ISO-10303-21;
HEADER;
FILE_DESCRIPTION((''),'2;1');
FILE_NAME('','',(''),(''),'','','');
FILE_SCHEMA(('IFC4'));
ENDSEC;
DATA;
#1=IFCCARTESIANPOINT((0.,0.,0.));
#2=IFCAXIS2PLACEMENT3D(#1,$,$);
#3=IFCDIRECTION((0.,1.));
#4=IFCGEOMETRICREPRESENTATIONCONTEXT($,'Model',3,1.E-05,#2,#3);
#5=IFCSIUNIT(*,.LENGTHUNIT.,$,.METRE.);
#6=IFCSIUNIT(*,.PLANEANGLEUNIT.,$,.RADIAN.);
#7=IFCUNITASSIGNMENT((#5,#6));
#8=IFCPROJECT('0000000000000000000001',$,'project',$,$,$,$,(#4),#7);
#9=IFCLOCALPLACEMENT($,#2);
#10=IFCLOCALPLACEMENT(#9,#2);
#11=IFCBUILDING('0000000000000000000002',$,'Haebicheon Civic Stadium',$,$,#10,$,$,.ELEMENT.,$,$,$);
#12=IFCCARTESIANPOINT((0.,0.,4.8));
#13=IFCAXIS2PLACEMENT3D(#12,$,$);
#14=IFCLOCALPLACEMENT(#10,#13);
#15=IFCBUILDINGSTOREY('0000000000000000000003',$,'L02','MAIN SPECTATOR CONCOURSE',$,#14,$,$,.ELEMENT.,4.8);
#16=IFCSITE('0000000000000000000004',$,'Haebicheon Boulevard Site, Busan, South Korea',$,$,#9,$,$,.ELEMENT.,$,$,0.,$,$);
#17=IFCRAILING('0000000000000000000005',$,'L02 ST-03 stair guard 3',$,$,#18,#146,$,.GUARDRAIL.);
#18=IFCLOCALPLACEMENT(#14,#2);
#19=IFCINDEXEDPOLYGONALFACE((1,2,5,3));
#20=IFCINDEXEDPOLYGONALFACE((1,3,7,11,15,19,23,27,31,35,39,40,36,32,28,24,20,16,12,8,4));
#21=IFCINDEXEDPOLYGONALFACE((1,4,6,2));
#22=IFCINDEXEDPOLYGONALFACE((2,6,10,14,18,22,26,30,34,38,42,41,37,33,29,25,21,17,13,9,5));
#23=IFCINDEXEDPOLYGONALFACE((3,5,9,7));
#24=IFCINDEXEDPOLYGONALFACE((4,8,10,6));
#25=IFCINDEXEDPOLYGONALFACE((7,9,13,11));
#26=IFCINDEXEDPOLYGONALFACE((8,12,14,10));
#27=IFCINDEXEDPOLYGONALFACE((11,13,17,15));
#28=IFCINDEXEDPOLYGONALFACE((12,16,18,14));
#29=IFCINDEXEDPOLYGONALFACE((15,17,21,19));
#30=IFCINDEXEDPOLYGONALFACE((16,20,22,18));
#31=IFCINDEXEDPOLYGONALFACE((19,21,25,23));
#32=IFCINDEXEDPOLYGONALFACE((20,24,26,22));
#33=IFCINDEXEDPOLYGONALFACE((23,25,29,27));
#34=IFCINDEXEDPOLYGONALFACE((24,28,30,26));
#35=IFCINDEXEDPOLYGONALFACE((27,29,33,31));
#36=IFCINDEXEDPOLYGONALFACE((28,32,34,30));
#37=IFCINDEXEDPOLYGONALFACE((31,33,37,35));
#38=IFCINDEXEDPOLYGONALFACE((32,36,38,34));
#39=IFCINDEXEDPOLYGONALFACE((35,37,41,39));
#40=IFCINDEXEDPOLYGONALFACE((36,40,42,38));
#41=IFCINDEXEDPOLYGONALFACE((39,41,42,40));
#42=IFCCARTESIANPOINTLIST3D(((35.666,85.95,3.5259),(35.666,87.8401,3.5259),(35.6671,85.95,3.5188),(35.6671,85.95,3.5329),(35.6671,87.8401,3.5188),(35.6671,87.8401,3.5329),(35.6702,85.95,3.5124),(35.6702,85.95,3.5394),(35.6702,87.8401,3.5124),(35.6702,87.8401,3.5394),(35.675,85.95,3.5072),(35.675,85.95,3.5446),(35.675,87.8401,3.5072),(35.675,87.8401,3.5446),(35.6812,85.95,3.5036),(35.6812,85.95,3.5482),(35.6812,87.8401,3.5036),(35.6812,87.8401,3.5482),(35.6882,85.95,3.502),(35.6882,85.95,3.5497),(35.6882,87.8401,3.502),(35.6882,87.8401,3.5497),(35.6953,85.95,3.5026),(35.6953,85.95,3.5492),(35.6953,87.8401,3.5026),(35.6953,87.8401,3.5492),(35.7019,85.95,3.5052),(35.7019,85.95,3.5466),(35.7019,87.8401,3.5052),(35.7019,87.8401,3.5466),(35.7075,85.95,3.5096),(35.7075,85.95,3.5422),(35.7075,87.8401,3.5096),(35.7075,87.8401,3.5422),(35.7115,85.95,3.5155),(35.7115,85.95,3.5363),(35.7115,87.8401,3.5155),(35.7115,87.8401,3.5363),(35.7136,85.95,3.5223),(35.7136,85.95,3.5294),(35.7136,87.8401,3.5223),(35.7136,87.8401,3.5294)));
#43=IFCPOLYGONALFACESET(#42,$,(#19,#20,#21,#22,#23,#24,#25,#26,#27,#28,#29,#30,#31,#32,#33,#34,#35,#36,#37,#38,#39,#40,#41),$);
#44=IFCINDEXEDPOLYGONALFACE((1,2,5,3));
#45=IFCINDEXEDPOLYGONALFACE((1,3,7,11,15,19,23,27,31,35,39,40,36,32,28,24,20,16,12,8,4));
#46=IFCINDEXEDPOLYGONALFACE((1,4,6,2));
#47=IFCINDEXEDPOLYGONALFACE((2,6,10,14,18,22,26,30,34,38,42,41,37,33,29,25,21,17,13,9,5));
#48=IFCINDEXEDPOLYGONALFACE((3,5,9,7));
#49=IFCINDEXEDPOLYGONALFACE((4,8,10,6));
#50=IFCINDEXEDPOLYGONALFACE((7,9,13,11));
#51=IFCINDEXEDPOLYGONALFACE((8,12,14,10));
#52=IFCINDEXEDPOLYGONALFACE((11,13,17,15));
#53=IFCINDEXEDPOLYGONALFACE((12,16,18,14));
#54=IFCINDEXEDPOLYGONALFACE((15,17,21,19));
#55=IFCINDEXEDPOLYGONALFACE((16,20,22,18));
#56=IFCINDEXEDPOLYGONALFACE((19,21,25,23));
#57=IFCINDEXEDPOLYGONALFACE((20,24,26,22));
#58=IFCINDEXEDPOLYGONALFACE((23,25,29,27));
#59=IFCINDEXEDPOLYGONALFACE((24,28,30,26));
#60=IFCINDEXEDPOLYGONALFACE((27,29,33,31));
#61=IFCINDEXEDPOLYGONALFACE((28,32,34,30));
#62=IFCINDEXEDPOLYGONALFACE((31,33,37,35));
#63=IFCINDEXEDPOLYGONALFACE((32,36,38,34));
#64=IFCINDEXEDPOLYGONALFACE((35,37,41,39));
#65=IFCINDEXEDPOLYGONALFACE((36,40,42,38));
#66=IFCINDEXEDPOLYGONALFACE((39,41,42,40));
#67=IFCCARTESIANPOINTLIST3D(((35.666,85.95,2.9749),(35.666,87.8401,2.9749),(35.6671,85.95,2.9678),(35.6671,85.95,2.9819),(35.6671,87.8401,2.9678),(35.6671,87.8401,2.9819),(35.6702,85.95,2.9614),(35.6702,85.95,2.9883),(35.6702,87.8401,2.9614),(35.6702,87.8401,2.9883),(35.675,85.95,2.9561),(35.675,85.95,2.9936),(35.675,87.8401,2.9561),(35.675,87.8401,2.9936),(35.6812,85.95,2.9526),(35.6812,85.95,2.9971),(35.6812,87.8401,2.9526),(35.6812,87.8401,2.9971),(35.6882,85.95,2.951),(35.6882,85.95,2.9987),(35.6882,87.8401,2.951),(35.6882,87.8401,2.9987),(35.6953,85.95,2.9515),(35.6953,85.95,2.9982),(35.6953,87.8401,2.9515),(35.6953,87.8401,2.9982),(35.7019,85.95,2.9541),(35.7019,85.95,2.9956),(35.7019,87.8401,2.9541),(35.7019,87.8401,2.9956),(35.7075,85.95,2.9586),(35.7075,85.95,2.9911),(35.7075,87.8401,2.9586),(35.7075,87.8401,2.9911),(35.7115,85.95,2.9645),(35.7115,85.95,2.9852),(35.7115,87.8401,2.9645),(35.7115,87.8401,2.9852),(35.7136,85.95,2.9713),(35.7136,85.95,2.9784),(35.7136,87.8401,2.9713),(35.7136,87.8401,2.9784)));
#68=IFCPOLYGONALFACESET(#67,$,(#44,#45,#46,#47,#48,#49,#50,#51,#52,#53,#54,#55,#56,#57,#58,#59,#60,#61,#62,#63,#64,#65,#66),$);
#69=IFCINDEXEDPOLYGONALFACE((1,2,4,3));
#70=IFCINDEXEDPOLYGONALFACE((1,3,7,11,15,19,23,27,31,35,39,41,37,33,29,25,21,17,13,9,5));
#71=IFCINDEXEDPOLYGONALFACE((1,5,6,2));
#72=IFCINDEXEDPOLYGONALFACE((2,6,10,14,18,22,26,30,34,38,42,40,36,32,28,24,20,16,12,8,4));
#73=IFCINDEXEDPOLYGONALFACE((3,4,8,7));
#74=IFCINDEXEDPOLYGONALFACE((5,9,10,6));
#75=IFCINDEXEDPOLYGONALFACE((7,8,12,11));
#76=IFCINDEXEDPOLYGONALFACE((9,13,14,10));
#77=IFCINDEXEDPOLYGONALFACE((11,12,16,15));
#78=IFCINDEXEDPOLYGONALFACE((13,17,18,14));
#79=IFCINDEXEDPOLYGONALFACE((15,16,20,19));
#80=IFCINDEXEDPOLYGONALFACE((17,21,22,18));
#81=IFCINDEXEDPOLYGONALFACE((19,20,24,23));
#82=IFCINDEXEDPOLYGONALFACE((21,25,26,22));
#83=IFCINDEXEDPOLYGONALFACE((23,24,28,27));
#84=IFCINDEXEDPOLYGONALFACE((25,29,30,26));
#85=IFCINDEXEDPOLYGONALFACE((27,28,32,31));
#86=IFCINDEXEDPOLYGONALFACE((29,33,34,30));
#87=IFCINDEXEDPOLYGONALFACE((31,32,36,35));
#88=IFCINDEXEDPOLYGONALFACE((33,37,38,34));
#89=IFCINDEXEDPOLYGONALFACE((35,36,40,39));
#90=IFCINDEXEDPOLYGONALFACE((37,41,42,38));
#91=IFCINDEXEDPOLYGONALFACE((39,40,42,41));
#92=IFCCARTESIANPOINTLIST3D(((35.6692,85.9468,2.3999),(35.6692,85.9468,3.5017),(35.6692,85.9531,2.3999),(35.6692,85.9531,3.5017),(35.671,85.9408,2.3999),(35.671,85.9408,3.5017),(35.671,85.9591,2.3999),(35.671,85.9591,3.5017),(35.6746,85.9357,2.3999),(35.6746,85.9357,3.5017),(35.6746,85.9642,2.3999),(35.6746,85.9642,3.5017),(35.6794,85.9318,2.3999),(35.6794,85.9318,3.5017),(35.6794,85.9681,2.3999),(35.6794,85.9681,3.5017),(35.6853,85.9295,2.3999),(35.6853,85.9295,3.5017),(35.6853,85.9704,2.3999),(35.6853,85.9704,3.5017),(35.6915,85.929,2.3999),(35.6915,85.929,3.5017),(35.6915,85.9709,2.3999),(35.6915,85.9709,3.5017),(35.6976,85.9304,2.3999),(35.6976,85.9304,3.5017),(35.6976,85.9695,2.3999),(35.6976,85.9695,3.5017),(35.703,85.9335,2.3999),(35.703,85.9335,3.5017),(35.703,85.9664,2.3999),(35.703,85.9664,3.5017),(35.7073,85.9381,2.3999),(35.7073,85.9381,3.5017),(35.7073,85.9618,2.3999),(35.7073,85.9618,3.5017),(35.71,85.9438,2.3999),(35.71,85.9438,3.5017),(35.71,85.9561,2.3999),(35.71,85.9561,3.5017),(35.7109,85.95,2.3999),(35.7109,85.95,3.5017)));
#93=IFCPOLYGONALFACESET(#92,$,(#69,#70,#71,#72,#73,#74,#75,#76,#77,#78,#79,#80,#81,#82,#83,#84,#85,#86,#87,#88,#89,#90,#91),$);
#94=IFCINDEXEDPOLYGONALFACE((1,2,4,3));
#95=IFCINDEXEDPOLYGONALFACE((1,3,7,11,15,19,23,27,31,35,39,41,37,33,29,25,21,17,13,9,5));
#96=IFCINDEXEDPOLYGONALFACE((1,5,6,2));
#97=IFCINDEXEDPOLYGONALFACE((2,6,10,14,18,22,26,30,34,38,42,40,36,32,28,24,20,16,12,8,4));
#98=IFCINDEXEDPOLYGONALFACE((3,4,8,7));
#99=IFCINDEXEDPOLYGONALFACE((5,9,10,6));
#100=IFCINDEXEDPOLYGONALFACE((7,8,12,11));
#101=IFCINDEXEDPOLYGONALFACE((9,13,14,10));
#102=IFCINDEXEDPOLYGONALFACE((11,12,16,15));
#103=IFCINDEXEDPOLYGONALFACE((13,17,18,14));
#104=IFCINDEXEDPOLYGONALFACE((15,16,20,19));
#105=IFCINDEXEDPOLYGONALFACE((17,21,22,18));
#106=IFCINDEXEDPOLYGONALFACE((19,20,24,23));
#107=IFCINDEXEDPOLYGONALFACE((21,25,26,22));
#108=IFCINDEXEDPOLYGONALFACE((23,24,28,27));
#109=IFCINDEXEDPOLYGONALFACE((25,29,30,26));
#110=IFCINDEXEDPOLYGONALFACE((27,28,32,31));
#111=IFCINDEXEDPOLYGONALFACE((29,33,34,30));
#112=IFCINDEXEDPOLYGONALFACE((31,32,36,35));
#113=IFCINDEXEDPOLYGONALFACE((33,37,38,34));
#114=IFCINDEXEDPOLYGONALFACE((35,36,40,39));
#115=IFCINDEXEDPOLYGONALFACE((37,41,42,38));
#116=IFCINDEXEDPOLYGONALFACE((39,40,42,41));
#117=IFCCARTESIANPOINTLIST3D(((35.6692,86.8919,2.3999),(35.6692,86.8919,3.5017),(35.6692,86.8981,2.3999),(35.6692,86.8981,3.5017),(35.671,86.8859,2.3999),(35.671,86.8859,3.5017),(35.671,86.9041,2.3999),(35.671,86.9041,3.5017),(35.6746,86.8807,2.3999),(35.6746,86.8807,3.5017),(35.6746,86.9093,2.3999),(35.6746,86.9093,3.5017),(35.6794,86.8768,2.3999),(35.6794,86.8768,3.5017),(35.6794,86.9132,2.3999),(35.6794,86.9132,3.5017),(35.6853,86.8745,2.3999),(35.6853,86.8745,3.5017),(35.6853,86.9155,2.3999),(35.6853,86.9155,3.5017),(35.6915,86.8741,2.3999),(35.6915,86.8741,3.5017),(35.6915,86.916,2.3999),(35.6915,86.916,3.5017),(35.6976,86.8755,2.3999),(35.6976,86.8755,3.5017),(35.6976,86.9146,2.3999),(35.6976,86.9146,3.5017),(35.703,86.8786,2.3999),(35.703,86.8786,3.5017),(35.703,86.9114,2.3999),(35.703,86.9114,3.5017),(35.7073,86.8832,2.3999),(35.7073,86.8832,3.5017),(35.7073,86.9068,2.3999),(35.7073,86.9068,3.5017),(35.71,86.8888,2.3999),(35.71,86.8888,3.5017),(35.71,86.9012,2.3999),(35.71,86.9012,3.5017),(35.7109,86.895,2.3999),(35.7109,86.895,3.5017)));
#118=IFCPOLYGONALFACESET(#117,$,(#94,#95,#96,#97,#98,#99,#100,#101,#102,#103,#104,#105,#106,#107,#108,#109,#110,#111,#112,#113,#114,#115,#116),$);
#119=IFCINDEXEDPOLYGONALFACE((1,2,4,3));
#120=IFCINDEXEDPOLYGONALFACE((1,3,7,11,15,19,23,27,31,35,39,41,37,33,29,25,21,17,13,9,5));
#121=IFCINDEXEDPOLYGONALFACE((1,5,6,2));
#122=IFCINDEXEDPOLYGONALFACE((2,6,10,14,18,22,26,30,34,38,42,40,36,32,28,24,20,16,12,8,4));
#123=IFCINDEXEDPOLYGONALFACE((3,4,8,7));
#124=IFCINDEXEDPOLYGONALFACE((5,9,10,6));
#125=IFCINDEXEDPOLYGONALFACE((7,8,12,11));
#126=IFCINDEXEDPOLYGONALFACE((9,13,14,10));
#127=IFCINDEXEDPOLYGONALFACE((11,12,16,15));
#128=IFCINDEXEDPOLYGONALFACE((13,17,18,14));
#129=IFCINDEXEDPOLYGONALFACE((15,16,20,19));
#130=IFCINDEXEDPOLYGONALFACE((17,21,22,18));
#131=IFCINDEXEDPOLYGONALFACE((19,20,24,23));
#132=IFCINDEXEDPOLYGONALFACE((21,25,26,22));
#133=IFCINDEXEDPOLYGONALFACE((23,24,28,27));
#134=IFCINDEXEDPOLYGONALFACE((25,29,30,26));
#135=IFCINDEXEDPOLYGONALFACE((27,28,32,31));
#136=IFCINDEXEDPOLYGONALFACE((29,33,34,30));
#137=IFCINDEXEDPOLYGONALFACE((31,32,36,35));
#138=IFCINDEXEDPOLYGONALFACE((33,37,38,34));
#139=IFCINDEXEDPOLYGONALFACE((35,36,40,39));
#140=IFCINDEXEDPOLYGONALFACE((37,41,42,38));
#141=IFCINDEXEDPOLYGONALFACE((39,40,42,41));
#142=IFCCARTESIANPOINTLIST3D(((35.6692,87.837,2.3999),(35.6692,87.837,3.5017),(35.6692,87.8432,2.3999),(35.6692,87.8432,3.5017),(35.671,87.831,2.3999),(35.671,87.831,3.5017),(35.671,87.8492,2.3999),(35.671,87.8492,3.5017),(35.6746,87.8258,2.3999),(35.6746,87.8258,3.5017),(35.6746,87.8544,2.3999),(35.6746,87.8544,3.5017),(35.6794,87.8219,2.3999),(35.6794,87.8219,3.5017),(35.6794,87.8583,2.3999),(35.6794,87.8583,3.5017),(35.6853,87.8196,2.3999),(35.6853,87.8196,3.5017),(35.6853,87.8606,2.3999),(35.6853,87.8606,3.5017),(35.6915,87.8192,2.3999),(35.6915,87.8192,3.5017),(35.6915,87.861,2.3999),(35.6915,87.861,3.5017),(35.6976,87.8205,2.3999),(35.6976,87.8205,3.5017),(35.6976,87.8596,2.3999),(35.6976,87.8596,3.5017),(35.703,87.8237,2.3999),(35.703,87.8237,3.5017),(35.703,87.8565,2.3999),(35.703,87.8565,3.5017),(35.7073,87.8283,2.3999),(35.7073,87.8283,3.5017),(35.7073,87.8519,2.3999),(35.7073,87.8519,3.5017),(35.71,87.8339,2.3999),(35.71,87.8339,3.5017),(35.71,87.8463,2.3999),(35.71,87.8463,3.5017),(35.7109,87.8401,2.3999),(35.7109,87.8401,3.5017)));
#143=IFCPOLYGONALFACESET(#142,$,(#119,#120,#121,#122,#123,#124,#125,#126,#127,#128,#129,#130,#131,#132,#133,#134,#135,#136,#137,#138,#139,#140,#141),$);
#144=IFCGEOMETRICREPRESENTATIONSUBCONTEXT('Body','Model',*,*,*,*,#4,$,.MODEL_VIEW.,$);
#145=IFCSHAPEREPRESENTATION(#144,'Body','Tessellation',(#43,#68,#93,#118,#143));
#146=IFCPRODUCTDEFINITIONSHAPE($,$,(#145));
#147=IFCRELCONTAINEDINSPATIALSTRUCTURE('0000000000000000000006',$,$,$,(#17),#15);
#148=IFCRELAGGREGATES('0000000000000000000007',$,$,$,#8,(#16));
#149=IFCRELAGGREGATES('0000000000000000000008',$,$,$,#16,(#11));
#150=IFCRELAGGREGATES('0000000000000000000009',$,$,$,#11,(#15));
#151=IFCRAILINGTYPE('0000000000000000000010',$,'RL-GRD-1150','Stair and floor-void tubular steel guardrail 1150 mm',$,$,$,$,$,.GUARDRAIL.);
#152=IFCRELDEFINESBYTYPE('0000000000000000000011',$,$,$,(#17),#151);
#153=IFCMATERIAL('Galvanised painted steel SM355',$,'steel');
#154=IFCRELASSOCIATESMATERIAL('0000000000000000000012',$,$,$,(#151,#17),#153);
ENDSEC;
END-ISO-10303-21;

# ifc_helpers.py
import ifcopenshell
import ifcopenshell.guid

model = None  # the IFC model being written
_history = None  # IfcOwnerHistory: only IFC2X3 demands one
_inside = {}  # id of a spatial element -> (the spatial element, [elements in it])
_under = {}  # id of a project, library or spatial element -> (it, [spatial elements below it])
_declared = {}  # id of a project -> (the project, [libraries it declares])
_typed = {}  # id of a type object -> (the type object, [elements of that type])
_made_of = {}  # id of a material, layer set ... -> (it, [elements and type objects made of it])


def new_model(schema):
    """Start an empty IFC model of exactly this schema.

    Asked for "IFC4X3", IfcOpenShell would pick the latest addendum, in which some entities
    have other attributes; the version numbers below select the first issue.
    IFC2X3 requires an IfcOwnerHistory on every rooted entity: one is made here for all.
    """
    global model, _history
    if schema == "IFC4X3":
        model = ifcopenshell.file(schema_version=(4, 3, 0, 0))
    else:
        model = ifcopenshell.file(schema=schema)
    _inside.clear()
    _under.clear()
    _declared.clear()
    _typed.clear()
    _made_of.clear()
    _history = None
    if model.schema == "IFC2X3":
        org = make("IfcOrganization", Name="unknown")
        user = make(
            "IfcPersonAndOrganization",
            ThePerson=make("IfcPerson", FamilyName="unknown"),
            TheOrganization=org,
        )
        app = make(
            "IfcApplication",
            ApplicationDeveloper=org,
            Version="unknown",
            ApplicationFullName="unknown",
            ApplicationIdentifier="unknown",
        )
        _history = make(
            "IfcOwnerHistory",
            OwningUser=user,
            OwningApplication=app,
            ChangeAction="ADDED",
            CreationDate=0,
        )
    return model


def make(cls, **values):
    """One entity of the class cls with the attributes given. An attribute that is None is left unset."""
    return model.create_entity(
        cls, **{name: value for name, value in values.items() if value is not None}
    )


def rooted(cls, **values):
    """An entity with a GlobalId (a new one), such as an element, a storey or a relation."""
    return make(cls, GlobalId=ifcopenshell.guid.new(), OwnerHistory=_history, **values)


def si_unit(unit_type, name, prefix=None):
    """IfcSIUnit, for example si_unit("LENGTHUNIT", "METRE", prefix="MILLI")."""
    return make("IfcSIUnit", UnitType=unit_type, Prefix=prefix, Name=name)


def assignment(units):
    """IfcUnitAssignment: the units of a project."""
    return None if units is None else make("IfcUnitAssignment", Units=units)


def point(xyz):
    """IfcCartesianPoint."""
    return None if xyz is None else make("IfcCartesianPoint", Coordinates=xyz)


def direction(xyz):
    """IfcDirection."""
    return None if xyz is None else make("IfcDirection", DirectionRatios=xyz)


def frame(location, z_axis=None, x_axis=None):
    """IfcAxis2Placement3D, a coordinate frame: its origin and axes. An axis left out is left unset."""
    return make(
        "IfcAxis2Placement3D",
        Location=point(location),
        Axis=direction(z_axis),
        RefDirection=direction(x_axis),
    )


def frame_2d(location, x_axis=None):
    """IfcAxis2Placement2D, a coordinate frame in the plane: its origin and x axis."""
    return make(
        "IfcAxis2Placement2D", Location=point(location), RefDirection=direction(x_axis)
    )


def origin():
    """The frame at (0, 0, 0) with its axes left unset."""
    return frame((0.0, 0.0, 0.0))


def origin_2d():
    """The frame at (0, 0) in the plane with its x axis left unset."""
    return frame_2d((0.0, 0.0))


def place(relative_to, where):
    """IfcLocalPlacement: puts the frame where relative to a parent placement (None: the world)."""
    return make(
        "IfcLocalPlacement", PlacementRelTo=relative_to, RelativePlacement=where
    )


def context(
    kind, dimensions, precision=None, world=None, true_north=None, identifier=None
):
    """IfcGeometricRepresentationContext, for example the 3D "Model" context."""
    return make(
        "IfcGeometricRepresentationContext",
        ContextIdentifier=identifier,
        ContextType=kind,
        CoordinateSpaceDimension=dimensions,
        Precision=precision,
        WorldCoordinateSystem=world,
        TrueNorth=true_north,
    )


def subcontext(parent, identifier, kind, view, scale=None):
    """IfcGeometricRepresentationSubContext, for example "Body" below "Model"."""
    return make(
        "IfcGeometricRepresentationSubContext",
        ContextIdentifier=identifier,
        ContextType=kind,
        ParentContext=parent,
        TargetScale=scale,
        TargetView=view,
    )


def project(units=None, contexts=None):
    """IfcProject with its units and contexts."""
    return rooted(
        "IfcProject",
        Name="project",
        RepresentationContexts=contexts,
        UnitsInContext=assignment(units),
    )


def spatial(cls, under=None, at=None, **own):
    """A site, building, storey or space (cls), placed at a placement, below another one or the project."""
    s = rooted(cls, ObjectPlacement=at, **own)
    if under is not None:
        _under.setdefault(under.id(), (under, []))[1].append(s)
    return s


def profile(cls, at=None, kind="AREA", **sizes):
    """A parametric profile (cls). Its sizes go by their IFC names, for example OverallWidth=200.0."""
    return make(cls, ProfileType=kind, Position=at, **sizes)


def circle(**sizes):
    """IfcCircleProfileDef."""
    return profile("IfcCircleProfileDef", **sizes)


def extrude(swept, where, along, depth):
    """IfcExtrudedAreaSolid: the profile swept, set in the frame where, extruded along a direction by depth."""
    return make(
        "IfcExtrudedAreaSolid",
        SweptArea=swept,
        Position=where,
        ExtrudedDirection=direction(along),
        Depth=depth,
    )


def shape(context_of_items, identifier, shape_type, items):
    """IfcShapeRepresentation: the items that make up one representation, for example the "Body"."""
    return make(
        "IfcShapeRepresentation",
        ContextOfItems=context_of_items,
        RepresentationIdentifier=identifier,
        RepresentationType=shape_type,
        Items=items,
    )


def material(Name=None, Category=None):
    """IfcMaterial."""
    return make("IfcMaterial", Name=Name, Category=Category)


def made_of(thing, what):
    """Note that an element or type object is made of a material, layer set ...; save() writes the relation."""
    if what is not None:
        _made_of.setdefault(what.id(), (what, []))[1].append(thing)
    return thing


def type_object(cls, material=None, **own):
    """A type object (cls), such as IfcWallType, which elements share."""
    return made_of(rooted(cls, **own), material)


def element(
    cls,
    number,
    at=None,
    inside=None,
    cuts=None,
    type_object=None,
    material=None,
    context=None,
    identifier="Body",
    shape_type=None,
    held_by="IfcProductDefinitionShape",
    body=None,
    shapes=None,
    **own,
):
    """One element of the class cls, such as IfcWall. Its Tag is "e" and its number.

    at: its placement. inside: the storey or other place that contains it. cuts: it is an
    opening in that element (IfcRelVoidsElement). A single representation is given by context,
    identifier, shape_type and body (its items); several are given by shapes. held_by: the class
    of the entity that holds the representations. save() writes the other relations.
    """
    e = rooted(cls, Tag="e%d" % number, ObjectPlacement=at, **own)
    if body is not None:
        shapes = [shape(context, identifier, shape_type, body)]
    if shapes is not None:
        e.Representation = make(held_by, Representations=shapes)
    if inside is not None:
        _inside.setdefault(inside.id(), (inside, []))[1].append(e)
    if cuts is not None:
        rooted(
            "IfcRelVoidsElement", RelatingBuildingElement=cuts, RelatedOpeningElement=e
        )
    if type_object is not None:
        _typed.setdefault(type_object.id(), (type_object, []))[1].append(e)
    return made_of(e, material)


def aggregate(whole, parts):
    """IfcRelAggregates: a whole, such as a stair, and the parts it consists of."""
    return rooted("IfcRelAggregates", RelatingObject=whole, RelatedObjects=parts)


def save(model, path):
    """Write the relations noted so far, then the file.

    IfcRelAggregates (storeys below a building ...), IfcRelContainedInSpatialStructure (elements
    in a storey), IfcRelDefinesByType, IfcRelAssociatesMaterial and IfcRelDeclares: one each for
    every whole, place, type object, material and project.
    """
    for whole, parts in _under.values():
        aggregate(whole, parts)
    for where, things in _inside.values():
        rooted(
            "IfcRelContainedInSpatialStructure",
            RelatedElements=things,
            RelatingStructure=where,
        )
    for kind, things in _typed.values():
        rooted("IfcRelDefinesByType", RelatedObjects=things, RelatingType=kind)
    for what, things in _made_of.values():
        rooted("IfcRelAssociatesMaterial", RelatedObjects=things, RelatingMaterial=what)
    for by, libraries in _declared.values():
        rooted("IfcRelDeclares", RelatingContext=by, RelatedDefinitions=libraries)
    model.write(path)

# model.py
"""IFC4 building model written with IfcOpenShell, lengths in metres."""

from ifc_helpers import new_model, si_unit, direction, frame, origin, origin_2d, place, context, subcontext, project, spatial, circle, extrude, material, type_object, element, save


model = new_model("IFC4")

# Units and contexts
model_context = context("Model", 3, precision=1e-05, world=origin(), true_north=direction((0.0, 1.0)))
body_context = subcontext(model_context, "Body", "Model", "MODEL_VIEW")
ifc_project = project(units=[si_unit("LENGTHUNIT", "METRE"), si_unit("PLANEANGLEUNIT", "RADIAN")], contexts=[model_context])

# Site, building, storey
site_placement = place(None, origin())
site = spatial("IfcSite", under=ifc_project, at=site_placement, Name="Haebicheon Boulevard Site, Busan, South Korea", CompositionType="ELEMENT", RefElevation=0.0)
building_placement = place(site_placement, origin())
building = spatial("IfcBuilding", under=site, at=building_placement, Name="Haebicheon Civic Stadium", CompositionType="ELEMENT")
storey_placement = place(building_placement, frame((0.0, 0.0, 4.8)))
storey = spatial("IfcBuildingStorey", under=building, at=storey_placement, Name="L02", Description="MAIN SPECTATOR CONCOURSE", CompositionType="ELEMENT", Elevation=4.8)

# Railing
ifc_material_1 = material(Name="Galvanised painted steel SM355", Category="steel")
railing_type_1 = type_object("IfcRailingType", Name="RL-GRD-1150", Description="Stair and floor-void tubular steel guardrail 1150 mm", PredefinedType="GUARDRAIL", material=ifc_material_1)
for number, where, name in (
    (1, (35.6899, 85.95, 2.3999), "L02 ST-03 stair guard 3"),
):
    element("IfcRailing", number, at=place(storey_placement, frame(where)), inside=storey, type_object=railing_type_1, material=ifc_material_1, Name=name, PredefinedType="GUARDRAIL", context=body_context, shape_type="SweptSolid", body=[
        extrude(circle(Radius=0.0239, at=origin_2d()), frame((0.0, 0.0, 1.126), z_axis=(0.0, 1.0, 0.0), x_axis=(-1.0, 0.0, 0.0)), (0.0, 0.0, 1.0), 1.8901),
        extrude(circle(Radius=0.0239, at=origin_2d()), frame((0.0, 0.0, 0.575), z_axis=(0.0, 1.0, 0.0), x_axis=(-1.0, 0.0, 0.0)), (0.0, 0.0, 1.0), 1.8901),
        extrude(circle(Radius=0.021, at=origin_2d()), origin(), (0.0, 0.0, 1.0), 1.1018),
        extrude(circle(Radius=0.021, at=origin_2d()), frame((0.0, 0.9451, 0.0)), (0.0, 0.0, 1.0), 1.1018),
        extrude(circle(Radius=0.021, at=origin_2d()), frame((0.0, 1.8901, 0.0)), (0.0, 0.0, 1.0), 1.1018),
    ])

save(model, "model.ifc")
